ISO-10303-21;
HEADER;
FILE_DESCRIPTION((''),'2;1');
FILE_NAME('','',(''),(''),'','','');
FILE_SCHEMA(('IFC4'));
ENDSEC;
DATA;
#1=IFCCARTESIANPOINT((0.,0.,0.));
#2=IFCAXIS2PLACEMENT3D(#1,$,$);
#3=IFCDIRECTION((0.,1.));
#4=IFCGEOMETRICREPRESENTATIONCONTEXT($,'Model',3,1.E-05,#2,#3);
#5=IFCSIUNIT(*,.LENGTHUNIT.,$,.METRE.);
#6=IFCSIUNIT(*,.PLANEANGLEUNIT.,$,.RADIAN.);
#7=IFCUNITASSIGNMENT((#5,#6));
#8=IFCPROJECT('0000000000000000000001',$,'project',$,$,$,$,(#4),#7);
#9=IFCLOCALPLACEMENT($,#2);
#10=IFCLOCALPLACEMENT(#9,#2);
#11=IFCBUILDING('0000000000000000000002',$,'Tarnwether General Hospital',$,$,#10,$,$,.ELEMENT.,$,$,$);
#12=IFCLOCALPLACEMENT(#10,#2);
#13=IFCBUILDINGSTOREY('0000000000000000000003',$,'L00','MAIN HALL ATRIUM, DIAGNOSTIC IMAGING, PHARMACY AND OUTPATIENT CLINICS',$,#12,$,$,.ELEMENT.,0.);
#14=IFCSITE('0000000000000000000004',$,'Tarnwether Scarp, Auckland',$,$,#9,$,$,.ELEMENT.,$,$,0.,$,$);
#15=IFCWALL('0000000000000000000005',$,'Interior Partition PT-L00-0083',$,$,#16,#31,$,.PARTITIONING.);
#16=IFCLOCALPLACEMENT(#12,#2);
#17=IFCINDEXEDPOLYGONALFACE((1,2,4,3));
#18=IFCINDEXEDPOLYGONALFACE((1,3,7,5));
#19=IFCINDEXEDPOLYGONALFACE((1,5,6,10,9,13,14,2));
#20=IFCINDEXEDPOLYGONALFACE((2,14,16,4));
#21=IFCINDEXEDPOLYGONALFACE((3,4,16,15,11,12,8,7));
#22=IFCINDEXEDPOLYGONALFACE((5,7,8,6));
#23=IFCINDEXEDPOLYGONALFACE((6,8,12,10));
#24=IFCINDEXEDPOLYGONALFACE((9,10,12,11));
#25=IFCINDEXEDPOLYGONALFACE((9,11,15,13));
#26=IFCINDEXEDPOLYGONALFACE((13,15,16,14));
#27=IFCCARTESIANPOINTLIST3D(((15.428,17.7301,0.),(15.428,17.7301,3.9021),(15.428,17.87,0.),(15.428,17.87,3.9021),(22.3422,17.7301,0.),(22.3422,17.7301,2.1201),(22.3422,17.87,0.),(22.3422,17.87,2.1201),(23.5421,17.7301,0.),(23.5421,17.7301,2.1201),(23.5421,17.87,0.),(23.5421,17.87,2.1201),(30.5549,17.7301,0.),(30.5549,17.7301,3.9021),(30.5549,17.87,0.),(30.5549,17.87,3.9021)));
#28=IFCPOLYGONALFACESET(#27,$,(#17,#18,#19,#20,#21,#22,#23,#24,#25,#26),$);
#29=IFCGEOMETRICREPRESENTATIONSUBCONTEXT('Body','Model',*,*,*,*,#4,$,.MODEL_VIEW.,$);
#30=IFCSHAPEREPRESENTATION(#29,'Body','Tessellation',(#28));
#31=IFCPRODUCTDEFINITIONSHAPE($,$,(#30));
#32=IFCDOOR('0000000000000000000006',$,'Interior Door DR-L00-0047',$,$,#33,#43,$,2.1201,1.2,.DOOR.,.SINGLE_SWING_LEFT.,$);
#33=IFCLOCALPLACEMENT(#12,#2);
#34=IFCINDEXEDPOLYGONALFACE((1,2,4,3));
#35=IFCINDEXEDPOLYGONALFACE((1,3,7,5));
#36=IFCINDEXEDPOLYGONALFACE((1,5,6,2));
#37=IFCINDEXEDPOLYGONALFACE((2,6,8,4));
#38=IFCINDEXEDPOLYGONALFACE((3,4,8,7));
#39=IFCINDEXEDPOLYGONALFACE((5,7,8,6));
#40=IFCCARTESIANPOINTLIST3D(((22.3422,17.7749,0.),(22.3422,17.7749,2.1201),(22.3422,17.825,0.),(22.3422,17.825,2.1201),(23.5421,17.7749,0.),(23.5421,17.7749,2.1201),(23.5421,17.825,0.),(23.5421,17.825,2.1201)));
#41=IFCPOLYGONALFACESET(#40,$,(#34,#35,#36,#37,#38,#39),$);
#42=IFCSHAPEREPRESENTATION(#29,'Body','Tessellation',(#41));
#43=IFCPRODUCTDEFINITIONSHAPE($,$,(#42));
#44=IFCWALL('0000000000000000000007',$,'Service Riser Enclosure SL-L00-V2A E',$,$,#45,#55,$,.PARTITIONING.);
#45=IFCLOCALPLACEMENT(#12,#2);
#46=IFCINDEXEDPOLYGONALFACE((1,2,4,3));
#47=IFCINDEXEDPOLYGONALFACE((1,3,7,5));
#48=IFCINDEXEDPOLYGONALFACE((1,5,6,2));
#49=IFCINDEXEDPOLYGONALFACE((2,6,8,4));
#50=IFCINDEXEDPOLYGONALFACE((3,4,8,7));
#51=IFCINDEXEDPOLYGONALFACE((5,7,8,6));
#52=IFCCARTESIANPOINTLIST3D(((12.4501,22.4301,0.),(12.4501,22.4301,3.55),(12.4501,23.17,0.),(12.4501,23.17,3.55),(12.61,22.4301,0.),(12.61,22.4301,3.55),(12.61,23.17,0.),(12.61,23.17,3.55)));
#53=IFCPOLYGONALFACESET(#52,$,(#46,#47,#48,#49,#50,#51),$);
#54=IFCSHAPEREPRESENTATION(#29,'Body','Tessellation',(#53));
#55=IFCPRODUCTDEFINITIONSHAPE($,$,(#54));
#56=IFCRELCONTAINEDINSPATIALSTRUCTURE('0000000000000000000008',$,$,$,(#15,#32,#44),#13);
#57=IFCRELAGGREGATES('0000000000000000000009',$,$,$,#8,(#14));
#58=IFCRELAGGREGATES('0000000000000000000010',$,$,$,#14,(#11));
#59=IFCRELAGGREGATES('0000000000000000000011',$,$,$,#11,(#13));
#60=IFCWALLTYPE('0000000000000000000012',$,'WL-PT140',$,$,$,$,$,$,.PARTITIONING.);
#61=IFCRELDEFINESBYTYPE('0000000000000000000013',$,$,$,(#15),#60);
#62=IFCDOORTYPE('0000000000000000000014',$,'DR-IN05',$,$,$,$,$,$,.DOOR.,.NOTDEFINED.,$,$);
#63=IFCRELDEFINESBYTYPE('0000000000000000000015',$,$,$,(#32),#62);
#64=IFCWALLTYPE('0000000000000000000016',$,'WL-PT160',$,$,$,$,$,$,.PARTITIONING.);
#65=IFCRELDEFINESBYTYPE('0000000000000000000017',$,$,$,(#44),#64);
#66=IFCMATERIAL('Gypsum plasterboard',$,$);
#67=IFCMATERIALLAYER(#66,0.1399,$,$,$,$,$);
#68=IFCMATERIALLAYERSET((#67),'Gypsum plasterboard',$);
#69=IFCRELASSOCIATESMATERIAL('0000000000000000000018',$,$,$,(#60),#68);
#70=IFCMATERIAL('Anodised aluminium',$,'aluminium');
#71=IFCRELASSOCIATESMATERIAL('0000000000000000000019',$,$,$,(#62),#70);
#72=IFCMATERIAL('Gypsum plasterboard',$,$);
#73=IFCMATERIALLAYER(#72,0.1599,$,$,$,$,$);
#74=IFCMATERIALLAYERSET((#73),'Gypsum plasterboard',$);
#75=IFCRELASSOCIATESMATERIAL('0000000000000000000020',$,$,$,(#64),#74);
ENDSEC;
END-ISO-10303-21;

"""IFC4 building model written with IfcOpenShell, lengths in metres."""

from ifc_helpers import new_model, si_unit, direction, frame, frame_2d, origin, place, context, subcontext, project, spatial, rectangle, extrude, material, layer, layer_set, type_object, element, fill, save


model = new_model("IFC4")

# Units and contexts
model_context = context("Model", 3, precision=1e-05, world=origin(), true_north=direction((0.0, 1.0)))
body_context = subcontext(model_context, "Body", "Model", "MODEL_VIEW")
ifc_project = project(units=[si_unit("LENGTHUNIT", "METRE"), si_unit("PLANEANGLEUNIT", "RADIAN")], contexts=[model_context])

# Site, building, storey
site_placement = place(None, origin())
site = spatial("IfcSite", under=ifc_project, at=site_placement, Name="Tarnwether Scarp, Auckland", CompositionType="ELEMENT", RefElevation=0.0)
building_placement = place(site_placement, origin())
building = spatial("IfcBuilding", under=site, at=building_placement, Name="Tarnwether General Hospital", CompositionType="ELEMENT")
storey_placement = place(building_placement, origin())
storey = spatial("IfcBuildingStorey", under=building, at=storey_placement, Name="L00", Description="MAIN HALL ATRIUM, DIAGNOSTIC IMAGING, PHARMACY AND OUTPATIENT CLINICS", CompositionType="ELEMENT", Elevation=0.0)

# Shared definitions
ifc_material_1 = material(Name="Gypsum plasterboard")
ifc_layer_1 = layer(ifc_material_1, 0.1399)
ifc_layer_set_1 = layer_set([ifc_layer_1], Name="Gypsum plasterboard")
wall_type_1 = type_object("IfcWallType", Name="WL-PT140", PredefinedType="PARTITIONING", material=ifc_layer_set_1)

# Wall, opening, door
wall_1_placement = place(storey_placement, frame((15.428, 17.8, 0.0), z_axis=(0.0, 0.0, 1.0), x_axis=(1.0, 0.0, 0.0)))
wall_1 = element("IfcWall", 1, at=wall_1_placement, inside=storey, type_object=wall_type_1, Name="Interior Partition PT-L00-0083", PredefinedType="PARTITIONING", context=body_context, shape_type="SweptSolid", body=[
    extrude(rectangle(XDim=15.127, YDim=0.1399, at=frame_2d((7.5635, 0.0))), origin(), (0.0, 0.0, 1.0), 3.9021),
])
opening_1_placement = place(wall_1_placement, frame((6.9141, 0.0, 0.0)))
opening_1 = element("IfcOpeningElement", 2, at=opening_1_placement, cuts=wall_1, PredefinedType="OPENING", context=body_context, shape_type="SweptSolid", body=[
    extrude(rectangle(XDim=1.2, YDim=2.1201, at=frame_2d((0.6001, 1.0601))), frame((0.0, 0.0801, 0.0), z_axis=(0.0, -1.0, 0.0), x_axis=(1.0, 0.0, 0.0)), (0.0, 0.0, 1.0), 0.1599),
])
ifc_material_2 = material(Name="Anodised aluminium", Category="aluminium")
door_type_1 = type_object("IfcDoorType", Name="DR-IN05", OperationType="NOTDEFINED", PredefinedType="DOOR", material=ifc_material_2)
door_1_placement = place(opening_1_placement, origin())
door_1 = element("IfcDoor", 3, at=door_1_placement, inside=storey, type_object=door_type_1, Name="Interior Door DR-L00-0047", OperationType="SINGLE_SWING_LEFT", OverallHeight=2.1201, OverallWidth=1.2, PredefinedType="DOOR", context=body_context, shape_type="SweptSolid", body=[
    extrude(rectangle(XDim=1.2, YDim=2.1201, at=frame_2d((0.6001, 1.0601))), frame((0.0, 0.0249, 0.0), z_axis=(0.0, -1.0, 0.0), x_axis=(1.0, 0.0, 0.0)), (0.0, 0.0, 1.0), 0.05),
])
fill(opening_1, door_1)

# Wall
ifc_material_3 = material(Name="Gypsum plasterboard")
ifc_layer_2 = layer(ifc_material_3, 0.1599)
ifc_layer_set_2 = layer_set([ifc_layer_2], Name="Gypsum plasterboard")
wall_type_2 = type_object("IfcWallType", Name="WL-PT160", PredefinedType="PARTITIONING", material=ifc_layer_set_2)
wall_2_placement = place(storey_placement, frame((12.53, 22.4299, 0.0), z_axis=(0.0, 0.0, 1.0), x_axis=(0.0, 1.0, 0.0)))
element("IfcWall", 4, at=wall_2_placement, inside=storey, type_object=wall_type_2, Name="Service Riser Enclosure SL-L00-V2A E", PredefinedType="PARTITIONING", context=body_context, shape_type="SweptSolid", body=[
    extrude(rectangle(XDim=0.74, YDim=0.1599, at=frame_2d((0.3701, 0.0))), origin(), (0.0, 0.0, 1.0), 3.55),
])

save(model, "model.ifc")
